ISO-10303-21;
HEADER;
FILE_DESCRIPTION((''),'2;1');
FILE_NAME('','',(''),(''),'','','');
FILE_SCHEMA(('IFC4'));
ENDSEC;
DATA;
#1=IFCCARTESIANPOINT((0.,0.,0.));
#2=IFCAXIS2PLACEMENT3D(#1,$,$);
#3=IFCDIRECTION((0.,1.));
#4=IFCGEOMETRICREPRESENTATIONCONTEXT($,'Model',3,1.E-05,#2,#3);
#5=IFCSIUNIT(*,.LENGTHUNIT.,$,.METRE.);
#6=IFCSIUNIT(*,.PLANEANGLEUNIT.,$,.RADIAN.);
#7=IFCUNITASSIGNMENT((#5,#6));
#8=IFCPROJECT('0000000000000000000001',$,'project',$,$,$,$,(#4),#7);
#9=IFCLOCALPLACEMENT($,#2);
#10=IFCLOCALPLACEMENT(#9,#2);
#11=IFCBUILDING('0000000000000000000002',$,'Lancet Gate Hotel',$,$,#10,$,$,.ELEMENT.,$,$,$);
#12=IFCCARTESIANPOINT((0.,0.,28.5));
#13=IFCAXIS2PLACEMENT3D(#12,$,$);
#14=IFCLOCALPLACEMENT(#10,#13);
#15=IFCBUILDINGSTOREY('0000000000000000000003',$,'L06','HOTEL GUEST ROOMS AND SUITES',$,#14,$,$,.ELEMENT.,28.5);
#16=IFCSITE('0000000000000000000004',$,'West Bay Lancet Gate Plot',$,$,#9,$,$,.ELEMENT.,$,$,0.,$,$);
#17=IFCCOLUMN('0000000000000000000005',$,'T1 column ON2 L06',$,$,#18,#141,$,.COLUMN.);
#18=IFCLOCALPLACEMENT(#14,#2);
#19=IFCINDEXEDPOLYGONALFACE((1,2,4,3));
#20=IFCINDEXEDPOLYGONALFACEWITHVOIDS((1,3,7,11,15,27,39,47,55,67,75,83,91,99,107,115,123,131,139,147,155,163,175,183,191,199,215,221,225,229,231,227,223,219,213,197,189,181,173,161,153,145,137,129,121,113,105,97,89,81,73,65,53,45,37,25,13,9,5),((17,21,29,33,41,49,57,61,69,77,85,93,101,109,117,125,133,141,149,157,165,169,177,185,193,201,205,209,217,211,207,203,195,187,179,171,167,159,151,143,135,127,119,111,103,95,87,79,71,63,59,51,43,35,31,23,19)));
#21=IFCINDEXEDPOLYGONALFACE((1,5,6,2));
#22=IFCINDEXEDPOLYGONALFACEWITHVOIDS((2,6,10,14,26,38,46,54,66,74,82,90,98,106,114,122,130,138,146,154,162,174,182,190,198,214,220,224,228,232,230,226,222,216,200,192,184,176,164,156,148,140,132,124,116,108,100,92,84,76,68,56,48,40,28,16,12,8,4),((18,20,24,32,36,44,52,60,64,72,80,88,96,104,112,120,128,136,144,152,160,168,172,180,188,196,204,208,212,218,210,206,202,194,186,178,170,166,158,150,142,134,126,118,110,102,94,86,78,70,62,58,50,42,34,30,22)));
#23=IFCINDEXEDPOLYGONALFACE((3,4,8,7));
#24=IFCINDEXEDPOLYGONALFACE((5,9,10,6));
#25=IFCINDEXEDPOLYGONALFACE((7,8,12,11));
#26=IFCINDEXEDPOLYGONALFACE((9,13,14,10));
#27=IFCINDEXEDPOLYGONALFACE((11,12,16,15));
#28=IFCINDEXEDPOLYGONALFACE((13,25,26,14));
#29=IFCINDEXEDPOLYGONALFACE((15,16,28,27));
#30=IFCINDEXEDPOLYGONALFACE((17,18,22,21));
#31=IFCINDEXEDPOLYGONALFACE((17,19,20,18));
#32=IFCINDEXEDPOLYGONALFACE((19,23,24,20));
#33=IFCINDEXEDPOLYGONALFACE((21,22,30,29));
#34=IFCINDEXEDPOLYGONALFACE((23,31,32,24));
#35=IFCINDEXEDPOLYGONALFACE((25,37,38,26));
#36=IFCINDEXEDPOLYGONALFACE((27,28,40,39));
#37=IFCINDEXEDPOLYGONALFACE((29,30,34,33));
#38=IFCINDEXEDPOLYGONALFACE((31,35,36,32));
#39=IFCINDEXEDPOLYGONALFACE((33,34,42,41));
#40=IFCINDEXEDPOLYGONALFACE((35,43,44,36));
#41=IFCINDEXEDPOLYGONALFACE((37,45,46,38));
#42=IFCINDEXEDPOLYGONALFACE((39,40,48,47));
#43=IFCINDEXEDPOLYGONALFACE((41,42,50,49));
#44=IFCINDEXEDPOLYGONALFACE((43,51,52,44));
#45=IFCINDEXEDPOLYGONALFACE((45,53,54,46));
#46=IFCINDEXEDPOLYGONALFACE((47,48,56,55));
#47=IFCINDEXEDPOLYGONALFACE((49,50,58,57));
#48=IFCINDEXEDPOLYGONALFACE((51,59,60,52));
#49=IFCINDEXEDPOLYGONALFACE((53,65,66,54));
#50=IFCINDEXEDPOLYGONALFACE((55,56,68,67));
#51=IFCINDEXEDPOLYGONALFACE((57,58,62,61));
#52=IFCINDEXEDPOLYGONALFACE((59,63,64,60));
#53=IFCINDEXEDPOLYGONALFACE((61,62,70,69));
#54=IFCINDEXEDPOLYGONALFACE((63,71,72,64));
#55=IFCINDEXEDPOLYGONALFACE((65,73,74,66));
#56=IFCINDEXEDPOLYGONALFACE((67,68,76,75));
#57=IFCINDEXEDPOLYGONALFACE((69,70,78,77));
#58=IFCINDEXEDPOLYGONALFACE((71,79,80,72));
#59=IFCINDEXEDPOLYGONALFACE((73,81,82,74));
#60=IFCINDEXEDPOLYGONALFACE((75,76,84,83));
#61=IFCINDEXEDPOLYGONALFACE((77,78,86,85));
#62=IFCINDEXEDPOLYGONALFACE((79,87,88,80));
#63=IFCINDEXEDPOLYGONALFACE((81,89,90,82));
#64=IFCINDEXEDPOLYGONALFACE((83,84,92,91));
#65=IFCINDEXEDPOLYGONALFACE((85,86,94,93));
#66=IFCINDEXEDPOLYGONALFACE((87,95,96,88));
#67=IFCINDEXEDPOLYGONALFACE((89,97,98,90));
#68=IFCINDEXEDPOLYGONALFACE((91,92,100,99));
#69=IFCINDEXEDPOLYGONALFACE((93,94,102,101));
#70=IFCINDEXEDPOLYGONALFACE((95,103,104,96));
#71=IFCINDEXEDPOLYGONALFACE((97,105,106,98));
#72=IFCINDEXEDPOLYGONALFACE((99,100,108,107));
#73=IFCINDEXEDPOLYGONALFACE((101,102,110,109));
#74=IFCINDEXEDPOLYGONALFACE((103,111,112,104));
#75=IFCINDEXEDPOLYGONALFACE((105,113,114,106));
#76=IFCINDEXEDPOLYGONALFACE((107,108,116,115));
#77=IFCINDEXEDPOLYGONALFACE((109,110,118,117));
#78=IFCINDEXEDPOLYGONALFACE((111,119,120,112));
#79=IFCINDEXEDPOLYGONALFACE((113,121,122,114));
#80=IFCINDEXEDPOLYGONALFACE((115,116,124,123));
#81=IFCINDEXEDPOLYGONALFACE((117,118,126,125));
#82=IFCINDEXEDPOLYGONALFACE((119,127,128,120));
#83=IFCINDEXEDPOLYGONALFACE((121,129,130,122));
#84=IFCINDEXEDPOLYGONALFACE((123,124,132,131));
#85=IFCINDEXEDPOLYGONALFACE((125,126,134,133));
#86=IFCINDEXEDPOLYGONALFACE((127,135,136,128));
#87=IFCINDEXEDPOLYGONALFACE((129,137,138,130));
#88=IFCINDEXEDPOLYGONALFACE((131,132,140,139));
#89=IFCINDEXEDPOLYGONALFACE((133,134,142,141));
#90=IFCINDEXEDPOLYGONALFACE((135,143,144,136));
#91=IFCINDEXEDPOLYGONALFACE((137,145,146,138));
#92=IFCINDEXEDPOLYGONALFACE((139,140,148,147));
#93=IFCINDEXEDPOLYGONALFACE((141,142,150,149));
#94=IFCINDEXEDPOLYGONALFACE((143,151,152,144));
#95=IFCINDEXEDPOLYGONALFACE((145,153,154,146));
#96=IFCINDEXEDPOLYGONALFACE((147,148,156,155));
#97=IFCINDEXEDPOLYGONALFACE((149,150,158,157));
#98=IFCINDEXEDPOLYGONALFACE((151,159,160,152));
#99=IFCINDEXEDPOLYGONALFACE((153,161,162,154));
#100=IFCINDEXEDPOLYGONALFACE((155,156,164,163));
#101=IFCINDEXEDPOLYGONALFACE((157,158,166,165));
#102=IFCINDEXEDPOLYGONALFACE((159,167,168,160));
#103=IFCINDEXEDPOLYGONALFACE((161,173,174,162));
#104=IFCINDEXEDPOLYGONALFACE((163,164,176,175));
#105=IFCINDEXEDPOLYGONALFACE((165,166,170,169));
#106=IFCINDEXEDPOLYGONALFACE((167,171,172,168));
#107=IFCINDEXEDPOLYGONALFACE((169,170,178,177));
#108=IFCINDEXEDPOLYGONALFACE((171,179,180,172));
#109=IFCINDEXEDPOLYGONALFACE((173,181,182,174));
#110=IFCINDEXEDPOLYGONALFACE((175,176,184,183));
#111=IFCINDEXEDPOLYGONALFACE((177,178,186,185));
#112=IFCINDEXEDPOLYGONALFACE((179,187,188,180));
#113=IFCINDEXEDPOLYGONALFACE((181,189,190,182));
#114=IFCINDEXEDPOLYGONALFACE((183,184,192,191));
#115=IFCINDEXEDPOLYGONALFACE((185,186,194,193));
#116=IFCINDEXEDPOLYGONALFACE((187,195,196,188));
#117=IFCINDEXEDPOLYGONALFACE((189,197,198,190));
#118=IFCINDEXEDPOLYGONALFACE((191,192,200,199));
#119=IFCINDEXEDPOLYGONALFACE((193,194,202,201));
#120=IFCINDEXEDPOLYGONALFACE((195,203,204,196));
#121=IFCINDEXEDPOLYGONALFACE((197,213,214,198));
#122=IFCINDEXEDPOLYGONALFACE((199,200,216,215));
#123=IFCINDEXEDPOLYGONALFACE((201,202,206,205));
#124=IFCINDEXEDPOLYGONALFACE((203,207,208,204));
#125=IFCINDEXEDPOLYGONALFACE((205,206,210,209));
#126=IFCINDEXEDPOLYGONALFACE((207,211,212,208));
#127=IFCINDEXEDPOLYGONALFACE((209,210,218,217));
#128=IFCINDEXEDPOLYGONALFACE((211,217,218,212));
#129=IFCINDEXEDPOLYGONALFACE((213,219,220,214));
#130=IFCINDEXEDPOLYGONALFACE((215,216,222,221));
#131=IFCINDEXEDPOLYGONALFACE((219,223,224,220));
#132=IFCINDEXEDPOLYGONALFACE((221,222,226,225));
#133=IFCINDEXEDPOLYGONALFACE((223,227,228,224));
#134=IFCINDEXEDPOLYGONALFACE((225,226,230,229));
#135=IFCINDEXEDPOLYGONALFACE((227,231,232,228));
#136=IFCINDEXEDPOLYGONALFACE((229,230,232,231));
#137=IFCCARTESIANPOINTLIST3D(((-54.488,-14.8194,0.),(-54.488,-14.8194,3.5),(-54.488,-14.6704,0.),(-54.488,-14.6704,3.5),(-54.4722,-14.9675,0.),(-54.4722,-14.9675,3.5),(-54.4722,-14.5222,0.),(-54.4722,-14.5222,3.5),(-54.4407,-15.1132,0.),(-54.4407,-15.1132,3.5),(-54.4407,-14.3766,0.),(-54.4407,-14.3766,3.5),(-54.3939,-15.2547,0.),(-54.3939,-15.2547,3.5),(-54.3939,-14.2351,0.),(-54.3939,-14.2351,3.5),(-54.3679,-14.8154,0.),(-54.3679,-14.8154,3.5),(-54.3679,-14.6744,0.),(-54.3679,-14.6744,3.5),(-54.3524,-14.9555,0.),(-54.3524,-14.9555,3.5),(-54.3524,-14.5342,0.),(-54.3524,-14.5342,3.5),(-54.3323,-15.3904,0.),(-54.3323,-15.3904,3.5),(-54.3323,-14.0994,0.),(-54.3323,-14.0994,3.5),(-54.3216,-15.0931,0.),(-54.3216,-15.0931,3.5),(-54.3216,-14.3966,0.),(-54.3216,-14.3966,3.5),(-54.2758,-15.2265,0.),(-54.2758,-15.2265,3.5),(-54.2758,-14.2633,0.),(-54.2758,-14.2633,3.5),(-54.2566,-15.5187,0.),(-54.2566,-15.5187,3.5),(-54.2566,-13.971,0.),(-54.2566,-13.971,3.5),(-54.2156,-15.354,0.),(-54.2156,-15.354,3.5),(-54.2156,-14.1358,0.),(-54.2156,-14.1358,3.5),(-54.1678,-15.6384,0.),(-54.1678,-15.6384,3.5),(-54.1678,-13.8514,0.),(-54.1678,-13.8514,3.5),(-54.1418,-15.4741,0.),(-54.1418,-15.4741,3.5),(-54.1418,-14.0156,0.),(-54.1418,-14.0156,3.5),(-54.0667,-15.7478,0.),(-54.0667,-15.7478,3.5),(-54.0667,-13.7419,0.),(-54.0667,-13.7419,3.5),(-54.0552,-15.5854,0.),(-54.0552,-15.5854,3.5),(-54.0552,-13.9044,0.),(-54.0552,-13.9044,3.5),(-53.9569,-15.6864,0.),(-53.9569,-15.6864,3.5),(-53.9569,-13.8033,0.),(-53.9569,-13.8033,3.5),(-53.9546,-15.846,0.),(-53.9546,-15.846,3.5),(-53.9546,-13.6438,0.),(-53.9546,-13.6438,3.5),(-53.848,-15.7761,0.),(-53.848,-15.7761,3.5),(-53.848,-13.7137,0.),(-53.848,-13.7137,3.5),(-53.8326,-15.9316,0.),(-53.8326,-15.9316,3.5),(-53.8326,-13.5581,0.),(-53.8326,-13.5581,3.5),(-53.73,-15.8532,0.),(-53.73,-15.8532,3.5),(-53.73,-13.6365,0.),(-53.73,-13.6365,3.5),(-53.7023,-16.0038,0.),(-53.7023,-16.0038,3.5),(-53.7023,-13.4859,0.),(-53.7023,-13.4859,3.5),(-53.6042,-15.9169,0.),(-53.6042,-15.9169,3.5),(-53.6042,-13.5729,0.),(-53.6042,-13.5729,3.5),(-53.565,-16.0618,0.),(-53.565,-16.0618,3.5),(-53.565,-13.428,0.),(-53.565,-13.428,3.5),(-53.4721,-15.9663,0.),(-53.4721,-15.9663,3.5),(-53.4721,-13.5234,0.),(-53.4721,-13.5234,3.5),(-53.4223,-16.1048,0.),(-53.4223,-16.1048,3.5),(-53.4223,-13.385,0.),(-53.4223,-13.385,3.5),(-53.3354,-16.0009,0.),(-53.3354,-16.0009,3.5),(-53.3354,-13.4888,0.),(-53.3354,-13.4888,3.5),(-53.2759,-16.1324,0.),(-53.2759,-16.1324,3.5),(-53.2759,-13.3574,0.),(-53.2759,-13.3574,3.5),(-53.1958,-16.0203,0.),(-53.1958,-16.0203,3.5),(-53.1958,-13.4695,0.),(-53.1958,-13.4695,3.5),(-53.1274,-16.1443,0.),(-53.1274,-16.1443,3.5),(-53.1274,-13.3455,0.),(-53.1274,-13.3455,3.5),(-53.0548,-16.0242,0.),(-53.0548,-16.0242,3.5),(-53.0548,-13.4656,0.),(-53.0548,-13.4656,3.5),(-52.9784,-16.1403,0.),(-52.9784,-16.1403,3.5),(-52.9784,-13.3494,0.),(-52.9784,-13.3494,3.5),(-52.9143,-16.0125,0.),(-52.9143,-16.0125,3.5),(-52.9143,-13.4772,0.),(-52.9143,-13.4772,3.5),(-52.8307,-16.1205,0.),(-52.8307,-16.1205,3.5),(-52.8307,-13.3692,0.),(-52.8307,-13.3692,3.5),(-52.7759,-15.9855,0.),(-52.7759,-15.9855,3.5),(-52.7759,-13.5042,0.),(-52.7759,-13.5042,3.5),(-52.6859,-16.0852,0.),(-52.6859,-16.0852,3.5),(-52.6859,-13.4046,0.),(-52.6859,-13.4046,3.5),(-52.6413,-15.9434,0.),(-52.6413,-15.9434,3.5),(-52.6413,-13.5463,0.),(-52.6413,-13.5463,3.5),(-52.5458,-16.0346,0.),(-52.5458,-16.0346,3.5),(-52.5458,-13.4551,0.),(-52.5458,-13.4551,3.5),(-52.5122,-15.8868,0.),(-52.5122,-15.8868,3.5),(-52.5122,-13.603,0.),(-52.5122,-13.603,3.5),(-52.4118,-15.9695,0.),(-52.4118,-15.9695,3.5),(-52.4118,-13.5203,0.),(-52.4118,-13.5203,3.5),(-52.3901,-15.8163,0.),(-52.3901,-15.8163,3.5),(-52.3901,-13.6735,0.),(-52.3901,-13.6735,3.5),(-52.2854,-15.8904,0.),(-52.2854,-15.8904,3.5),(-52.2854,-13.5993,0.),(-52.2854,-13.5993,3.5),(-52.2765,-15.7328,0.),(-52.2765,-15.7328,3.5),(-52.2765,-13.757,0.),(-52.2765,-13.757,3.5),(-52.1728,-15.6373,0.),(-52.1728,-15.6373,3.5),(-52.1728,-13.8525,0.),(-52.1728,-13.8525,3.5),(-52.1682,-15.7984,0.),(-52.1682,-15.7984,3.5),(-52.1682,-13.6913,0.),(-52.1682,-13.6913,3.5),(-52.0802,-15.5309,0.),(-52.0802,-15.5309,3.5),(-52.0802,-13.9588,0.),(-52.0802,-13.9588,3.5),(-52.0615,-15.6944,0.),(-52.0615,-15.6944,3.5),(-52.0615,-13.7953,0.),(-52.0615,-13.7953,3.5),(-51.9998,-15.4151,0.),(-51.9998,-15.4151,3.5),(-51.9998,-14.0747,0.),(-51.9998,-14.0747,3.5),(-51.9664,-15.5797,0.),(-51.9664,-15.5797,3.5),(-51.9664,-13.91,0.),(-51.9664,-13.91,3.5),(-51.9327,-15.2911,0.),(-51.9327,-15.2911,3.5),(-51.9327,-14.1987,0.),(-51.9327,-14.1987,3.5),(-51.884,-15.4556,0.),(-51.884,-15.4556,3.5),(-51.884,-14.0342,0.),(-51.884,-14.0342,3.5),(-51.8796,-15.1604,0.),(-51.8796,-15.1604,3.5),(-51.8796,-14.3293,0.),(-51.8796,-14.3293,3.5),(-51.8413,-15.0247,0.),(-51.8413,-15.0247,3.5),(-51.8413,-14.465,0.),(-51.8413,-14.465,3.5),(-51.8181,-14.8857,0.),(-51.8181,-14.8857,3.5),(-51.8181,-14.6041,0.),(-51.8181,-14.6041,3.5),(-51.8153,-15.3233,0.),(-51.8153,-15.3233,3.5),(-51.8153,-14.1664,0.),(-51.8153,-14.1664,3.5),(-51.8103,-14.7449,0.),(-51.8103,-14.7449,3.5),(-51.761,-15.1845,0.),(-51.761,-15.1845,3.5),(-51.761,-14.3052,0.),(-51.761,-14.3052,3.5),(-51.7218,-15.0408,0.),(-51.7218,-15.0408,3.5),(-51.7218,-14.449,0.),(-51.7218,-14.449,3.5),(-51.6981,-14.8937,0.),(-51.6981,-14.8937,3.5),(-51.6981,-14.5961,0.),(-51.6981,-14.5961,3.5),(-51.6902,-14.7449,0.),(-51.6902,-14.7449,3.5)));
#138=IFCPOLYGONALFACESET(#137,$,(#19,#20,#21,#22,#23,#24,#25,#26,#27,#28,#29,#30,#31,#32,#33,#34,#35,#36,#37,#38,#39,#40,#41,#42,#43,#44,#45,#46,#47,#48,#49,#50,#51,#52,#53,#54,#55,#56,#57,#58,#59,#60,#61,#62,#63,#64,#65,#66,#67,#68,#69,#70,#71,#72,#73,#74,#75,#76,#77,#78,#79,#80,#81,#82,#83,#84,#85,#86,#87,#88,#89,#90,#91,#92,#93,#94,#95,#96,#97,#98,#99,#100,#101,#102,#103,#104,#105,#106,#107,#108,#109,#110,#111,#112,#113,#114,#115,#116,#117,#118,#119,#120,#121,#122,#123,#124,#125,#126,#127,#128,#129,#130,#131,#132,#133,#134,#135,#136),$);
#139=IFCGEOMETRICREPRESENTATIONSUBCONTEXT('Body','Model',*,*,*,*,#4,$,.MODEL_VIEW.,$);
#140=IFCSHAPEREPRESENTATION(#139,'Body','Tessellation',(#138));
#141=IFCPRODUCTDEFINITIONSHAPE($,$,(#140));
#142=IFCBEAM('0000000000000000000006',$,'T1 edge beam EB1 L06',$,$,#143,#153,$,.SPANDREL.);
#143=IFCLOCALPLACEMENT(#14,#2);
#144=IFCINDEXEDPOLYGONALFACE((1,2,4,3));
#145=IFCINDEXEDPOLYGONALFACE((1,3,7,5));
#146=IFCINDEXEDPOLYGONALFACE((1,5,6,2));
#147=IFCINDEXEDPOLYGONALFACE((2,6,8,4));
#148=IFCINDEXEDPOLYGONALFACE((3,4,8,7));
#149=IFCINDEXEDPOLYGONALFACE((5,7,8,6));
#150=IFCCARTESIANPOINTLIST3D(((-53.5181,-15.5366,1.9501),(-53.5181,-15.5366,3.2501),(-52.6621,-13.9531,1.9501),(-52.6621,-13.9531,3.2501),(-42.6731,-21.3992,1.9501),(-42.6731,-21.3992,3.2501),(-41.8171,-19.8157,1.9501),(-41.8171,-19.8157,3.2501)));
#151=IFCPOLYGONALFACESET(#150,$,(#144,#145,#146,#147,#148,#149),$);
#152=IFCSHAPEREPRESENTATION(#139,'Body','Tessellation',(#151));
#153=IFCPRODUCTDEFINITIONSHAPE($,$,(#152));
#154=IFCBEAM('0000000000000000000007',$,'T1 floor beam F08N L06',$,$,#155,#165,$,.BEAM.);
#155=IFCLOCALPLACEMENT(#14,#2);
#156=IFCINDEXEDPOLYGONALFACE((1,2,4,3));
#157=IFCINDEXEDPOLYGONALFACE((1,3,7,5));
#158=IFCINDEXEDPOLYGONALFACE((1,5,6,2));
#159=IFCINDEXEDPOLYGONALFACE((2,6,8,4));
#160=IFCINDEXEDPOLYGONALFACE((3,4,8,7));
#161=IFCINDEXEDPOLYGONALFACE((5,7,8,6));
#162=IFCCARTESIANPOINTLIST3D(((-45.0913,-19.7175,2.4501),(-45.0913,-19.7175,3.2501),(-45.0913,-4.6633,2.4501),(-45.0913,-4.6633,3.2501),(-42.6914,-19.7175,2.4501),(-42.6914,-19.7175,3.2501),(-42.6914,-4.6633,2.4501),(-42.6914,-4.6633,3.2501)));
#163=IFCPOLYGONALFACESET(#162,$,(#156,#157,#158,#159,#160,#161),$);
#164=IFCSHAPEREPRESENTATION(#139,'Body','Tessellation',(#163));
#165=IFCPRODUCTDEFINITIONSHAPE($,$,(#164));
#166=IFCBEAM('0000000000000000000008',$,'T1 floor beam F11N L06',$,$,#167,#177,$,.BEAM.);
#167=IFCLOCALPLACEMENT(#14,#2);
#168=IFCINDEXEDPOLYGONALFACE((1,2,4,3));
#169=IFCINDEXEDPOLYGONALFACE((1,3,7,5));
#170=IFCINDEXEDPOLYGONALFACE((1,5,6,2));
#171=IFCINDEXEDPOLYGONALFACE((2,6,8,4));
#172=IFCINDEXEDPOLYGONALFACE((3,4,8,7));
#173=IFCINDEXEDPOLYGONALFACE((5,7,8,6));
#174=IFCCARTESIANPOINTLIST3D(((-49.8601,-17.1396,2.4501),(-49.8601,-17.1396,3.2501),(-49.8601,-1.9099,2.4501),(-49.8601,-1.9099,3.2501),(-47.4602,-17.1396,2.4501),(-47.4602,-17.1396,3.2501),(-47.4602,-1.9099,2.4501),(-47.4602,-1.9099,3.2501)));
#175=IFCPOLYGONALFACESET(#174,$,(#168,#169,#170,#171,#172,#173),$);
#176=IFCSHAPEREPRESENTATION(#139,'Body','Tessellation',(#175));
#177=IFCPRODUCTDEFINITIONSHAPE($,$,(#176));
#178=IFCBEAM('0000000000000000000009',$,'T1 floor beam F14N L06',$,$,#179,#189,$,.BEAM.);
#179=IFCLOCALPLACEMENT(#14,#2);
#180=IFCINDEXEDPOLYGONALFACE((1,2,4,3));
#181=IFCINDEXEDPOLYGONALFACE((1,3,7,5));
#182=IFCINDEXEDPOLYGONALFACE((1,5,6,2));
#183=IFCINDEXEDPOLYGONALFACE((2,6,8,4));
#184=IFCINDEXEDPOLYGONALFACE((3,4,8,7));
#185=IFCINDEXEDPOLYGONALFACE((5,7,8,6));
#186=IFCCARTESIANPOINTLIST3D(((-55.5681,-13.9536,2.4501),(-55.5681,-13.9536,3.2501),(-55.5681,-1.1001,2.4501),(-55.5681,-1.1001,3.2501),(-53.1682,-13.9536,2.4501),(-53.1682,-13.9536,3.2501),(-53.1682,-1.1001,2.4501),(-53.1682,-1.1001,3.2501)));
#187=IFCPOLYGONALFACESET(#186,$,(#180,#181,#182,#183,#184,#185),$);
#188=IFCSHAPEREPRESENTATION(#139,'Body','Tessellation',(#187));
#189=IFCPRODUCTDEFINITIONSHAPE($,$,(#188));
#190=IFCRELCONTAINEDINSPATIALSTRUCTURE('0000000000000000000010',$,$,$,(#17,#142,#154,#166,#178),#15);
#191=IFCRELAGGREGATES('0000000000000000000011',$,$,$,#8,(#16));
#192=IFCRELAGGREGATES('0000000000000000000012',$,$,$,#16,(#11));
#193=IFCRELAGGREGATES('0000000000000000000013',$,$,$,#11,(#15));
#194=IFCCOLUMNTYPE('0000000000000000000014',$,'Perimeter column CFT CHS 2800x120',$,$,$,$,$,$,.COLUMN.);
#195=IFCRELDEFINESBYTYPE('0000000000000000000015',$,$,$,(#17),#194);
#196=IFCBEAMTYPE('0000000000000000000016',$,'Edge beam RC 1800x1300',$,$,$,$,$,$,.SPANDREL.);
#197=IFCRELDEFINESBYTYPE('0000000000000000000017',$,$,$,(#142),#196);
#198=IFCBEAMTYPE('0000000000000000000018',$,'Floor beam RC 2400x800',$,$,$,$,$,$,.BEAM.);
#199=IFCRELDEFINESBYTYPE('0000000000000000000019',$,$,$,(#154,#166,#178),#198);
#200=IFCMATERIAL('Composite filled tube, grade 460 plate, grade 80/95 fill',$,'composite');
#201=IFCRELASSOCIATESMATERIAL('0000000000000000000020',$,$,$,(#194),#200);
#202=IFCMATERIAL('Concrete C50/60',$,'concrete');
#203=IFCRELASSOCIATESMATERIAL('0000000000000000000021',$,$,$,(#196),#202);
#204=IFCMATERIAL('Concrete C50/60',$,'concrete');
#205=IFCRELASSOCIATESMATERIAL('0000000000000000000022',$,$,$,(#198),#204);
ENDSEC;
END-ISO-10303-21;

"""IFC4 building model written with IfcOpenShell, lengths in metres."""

from ifc_helpers import new_model, si_unit, direction, frame, origin, origin_2d, place, context, subcontext, project, spatial, rectangle, hollow_circle, extrude, material, material_profile, profile_set, type_object, element, save


model = new_model("IFC4")

# Units and contexts
model_context = context("Model", 3, precision=1e-05, world=origin(), true_north=direction((0.0, 1.0)))
body_context = subcontext(model_context, "Body", "Model", "MODEL_VIEW")
ifc_project = project(units=[si_unit("LENGTHUNIT", "METRE"), si_unit("PLANEANGLEUNIT", "RADIAN")], contexts=[model_context])

# Site, building, storey
site_placement = place(None, origin())
site = spatial("IfcSite", under=ifc_project, at=site_placement, Name="West Bay Lancet Gate Plot", CompositionType="ELEMENT", RefElevation=0.0)
building_placement = place(site_placement, origin())
building = spatial("IfcBuilding", under=site, at=building_placement, Name="Lancet Gate Hotel", CompositionType="ELEMENT")
storey_placement = place(building_placement, frame((0.0, 0.0, 28.5)))
storey = spatial("IfcBuildingStorey", under=building, at=storey_placement, Name="L06", Description="HOTEL GUEST ROOMS AND SUITES", CompositionType="ELEMENT", Elevation=28.5)

# Column
ifc_material_1 = material(Name="Composite filled tube, grade 460 plate, grade 80/95 fill", Category="composite")
ifc_material_profile_1 = material_profile(ifc_material_1, hollow_circle(Radius=1.3999, WallThickness=0.1201, at=origin_2d()), Name="CHS 2800x120")
ifc_profile_set_1 = profile_set([ifc_material_profile_1], Name="Composite filled tube, grade 460 plate, grade 80/95 fill")
column_type = type_object("IfcColumnType", Name="Perimeter column CFT CHS 2800x120", PredefinedType="COLUMN", material=ifc_profile_set_1)
column_placement = place(storey_placement, frame((-53.0901, -14.7449, 0.0), z_axis=(0.0, 0.0, 1.0), x_axis=(1.0, 0.0, 0.0)))
element("IfcColumn", 1, at=column_placement, inside=storey, type_object=column_type, Name="T1 column ON2 L06", PredefinedType="COLUMN", context=body_context, shape_type="SweptSolid", body=[
    extrude(hollow_circle(Radius=1.3999, WallThickness=0.1201, at=origin_2d()), origin(), (0.0, 0.0, 1.0), 3.5),
])

# Beams
ifc_material_2 = material(Name="Concrete C50/60", Category="concrete")
ifc_material_profile_2 = material_profile(ifc_material_2, rectangle(XDim=1.8, YDim=1.3, at=origin_2d()), Name="RC 1800x1300")
ifc_profile_set_2 = profile_set([ifc_material_profile_2], Name="Concrete C50/60")
beam_type_1 = type_object("IfcBeamType", Name="Edge beam RC 1800x1300", PredefinedType="SPANDREL", material=ifc_profile_set_2)
beam_1_placement = place(storey_placement, frame((-53.0901, -14.7449, 2.6001), z_axis=(0.879693, -0.475542, 0.0), x_axis=(0.475542, 0.879693, 0.0)))
element("IfcBeam", 2, at=beam_1_placement, inside=storey, type_object=beam_type_1, Name="T1 edge beam EB1 L06", PredefinedType="SPANDREL", context=body_context, shape_type="SweptSolid", body=[
    extrude(rectangle(XDim=1.8, YDim=1.3, at=origin_2d()), origin(), (0.0, 0.0, 1.0), 12.3281),
])
ifc_material_3 = material(Name="Concrete C50/60", Category="concrete")
ifc_material_profile_3 = material_profile(ifc_material_3, rectangle(XDim=2.3999, YDim=0.8, at=origin_2d()), Name="RC 2400x800")
ifc_profile_set_3 = profile_set([ifc_material_profile_3], Name="Concrete C50/60")
beam_type_2 = type_object("IfcBeamType", Name="Floor beam RC 2400x800", PredefinedType="BEAM", material=ifc_profile_set_3)
beam_2_placement = place(storey_placement, frame((-43.8914, -4.6633, 2.8501), z_axis=(0.0, -1.0, 0.0), x_axis=(1.0, 0.0, 0.0)))
element("IfcBeam", 3, at=beam_2_placement, inside=storey, type_object=beam_type_2, Name="T1 floor beam F08N L06", PredefinedType="BEAM", context=body_context, shape_type="SweptSolid", body=[
    extrude(rectangle(XDim=2.3999, YDim=0.8, at=origin_2d()), origin(), (0.0, 0.0, 1.0), 15.0542),
])
beam_3_placement = place(storey_placement, frame((-48.6602, -1.9099, 2.8501), z_axis=(0.0, -1.0, 0.0), x_axis=(1.0, 0.0, 0.0)))
element("IfcBeam", 4, at=beam_3_placement, inside=storey, type_object=beam_type_2, Name="T1 floor beam F11N L06", PredefinedType="BEAM", context=body_context, shape_type="SweptSolid", body=[
    extrude(rectangle(XDim=2.3999, YDim=0.8, at=origin_2d()), origin(), (0.0, 0.0, 1.0), 15.2297),
])
beam_4_placement = place(storey_placement, frame((-54.3682, -1.1001, 2.8501), z_axis=(0.0, -1.0, 0.0), x_axis=(1.0, 0.0, 0.0)))
element("IfcBeam", 5, at=beam_4_placement, inside=storey, type_object=beam_type_2, Name="T1 floor beam F14N L06", PredefinedType="BEAM", context=body_context, shape_type="SweptSolid", body=[
    extrude(rectangle(XDim=2.3999, YDim=0.8, at=origin_2d()), origin(), (0.0, 0.0, 1.0), 12.8535),
])

save(model, "model.ifc")
